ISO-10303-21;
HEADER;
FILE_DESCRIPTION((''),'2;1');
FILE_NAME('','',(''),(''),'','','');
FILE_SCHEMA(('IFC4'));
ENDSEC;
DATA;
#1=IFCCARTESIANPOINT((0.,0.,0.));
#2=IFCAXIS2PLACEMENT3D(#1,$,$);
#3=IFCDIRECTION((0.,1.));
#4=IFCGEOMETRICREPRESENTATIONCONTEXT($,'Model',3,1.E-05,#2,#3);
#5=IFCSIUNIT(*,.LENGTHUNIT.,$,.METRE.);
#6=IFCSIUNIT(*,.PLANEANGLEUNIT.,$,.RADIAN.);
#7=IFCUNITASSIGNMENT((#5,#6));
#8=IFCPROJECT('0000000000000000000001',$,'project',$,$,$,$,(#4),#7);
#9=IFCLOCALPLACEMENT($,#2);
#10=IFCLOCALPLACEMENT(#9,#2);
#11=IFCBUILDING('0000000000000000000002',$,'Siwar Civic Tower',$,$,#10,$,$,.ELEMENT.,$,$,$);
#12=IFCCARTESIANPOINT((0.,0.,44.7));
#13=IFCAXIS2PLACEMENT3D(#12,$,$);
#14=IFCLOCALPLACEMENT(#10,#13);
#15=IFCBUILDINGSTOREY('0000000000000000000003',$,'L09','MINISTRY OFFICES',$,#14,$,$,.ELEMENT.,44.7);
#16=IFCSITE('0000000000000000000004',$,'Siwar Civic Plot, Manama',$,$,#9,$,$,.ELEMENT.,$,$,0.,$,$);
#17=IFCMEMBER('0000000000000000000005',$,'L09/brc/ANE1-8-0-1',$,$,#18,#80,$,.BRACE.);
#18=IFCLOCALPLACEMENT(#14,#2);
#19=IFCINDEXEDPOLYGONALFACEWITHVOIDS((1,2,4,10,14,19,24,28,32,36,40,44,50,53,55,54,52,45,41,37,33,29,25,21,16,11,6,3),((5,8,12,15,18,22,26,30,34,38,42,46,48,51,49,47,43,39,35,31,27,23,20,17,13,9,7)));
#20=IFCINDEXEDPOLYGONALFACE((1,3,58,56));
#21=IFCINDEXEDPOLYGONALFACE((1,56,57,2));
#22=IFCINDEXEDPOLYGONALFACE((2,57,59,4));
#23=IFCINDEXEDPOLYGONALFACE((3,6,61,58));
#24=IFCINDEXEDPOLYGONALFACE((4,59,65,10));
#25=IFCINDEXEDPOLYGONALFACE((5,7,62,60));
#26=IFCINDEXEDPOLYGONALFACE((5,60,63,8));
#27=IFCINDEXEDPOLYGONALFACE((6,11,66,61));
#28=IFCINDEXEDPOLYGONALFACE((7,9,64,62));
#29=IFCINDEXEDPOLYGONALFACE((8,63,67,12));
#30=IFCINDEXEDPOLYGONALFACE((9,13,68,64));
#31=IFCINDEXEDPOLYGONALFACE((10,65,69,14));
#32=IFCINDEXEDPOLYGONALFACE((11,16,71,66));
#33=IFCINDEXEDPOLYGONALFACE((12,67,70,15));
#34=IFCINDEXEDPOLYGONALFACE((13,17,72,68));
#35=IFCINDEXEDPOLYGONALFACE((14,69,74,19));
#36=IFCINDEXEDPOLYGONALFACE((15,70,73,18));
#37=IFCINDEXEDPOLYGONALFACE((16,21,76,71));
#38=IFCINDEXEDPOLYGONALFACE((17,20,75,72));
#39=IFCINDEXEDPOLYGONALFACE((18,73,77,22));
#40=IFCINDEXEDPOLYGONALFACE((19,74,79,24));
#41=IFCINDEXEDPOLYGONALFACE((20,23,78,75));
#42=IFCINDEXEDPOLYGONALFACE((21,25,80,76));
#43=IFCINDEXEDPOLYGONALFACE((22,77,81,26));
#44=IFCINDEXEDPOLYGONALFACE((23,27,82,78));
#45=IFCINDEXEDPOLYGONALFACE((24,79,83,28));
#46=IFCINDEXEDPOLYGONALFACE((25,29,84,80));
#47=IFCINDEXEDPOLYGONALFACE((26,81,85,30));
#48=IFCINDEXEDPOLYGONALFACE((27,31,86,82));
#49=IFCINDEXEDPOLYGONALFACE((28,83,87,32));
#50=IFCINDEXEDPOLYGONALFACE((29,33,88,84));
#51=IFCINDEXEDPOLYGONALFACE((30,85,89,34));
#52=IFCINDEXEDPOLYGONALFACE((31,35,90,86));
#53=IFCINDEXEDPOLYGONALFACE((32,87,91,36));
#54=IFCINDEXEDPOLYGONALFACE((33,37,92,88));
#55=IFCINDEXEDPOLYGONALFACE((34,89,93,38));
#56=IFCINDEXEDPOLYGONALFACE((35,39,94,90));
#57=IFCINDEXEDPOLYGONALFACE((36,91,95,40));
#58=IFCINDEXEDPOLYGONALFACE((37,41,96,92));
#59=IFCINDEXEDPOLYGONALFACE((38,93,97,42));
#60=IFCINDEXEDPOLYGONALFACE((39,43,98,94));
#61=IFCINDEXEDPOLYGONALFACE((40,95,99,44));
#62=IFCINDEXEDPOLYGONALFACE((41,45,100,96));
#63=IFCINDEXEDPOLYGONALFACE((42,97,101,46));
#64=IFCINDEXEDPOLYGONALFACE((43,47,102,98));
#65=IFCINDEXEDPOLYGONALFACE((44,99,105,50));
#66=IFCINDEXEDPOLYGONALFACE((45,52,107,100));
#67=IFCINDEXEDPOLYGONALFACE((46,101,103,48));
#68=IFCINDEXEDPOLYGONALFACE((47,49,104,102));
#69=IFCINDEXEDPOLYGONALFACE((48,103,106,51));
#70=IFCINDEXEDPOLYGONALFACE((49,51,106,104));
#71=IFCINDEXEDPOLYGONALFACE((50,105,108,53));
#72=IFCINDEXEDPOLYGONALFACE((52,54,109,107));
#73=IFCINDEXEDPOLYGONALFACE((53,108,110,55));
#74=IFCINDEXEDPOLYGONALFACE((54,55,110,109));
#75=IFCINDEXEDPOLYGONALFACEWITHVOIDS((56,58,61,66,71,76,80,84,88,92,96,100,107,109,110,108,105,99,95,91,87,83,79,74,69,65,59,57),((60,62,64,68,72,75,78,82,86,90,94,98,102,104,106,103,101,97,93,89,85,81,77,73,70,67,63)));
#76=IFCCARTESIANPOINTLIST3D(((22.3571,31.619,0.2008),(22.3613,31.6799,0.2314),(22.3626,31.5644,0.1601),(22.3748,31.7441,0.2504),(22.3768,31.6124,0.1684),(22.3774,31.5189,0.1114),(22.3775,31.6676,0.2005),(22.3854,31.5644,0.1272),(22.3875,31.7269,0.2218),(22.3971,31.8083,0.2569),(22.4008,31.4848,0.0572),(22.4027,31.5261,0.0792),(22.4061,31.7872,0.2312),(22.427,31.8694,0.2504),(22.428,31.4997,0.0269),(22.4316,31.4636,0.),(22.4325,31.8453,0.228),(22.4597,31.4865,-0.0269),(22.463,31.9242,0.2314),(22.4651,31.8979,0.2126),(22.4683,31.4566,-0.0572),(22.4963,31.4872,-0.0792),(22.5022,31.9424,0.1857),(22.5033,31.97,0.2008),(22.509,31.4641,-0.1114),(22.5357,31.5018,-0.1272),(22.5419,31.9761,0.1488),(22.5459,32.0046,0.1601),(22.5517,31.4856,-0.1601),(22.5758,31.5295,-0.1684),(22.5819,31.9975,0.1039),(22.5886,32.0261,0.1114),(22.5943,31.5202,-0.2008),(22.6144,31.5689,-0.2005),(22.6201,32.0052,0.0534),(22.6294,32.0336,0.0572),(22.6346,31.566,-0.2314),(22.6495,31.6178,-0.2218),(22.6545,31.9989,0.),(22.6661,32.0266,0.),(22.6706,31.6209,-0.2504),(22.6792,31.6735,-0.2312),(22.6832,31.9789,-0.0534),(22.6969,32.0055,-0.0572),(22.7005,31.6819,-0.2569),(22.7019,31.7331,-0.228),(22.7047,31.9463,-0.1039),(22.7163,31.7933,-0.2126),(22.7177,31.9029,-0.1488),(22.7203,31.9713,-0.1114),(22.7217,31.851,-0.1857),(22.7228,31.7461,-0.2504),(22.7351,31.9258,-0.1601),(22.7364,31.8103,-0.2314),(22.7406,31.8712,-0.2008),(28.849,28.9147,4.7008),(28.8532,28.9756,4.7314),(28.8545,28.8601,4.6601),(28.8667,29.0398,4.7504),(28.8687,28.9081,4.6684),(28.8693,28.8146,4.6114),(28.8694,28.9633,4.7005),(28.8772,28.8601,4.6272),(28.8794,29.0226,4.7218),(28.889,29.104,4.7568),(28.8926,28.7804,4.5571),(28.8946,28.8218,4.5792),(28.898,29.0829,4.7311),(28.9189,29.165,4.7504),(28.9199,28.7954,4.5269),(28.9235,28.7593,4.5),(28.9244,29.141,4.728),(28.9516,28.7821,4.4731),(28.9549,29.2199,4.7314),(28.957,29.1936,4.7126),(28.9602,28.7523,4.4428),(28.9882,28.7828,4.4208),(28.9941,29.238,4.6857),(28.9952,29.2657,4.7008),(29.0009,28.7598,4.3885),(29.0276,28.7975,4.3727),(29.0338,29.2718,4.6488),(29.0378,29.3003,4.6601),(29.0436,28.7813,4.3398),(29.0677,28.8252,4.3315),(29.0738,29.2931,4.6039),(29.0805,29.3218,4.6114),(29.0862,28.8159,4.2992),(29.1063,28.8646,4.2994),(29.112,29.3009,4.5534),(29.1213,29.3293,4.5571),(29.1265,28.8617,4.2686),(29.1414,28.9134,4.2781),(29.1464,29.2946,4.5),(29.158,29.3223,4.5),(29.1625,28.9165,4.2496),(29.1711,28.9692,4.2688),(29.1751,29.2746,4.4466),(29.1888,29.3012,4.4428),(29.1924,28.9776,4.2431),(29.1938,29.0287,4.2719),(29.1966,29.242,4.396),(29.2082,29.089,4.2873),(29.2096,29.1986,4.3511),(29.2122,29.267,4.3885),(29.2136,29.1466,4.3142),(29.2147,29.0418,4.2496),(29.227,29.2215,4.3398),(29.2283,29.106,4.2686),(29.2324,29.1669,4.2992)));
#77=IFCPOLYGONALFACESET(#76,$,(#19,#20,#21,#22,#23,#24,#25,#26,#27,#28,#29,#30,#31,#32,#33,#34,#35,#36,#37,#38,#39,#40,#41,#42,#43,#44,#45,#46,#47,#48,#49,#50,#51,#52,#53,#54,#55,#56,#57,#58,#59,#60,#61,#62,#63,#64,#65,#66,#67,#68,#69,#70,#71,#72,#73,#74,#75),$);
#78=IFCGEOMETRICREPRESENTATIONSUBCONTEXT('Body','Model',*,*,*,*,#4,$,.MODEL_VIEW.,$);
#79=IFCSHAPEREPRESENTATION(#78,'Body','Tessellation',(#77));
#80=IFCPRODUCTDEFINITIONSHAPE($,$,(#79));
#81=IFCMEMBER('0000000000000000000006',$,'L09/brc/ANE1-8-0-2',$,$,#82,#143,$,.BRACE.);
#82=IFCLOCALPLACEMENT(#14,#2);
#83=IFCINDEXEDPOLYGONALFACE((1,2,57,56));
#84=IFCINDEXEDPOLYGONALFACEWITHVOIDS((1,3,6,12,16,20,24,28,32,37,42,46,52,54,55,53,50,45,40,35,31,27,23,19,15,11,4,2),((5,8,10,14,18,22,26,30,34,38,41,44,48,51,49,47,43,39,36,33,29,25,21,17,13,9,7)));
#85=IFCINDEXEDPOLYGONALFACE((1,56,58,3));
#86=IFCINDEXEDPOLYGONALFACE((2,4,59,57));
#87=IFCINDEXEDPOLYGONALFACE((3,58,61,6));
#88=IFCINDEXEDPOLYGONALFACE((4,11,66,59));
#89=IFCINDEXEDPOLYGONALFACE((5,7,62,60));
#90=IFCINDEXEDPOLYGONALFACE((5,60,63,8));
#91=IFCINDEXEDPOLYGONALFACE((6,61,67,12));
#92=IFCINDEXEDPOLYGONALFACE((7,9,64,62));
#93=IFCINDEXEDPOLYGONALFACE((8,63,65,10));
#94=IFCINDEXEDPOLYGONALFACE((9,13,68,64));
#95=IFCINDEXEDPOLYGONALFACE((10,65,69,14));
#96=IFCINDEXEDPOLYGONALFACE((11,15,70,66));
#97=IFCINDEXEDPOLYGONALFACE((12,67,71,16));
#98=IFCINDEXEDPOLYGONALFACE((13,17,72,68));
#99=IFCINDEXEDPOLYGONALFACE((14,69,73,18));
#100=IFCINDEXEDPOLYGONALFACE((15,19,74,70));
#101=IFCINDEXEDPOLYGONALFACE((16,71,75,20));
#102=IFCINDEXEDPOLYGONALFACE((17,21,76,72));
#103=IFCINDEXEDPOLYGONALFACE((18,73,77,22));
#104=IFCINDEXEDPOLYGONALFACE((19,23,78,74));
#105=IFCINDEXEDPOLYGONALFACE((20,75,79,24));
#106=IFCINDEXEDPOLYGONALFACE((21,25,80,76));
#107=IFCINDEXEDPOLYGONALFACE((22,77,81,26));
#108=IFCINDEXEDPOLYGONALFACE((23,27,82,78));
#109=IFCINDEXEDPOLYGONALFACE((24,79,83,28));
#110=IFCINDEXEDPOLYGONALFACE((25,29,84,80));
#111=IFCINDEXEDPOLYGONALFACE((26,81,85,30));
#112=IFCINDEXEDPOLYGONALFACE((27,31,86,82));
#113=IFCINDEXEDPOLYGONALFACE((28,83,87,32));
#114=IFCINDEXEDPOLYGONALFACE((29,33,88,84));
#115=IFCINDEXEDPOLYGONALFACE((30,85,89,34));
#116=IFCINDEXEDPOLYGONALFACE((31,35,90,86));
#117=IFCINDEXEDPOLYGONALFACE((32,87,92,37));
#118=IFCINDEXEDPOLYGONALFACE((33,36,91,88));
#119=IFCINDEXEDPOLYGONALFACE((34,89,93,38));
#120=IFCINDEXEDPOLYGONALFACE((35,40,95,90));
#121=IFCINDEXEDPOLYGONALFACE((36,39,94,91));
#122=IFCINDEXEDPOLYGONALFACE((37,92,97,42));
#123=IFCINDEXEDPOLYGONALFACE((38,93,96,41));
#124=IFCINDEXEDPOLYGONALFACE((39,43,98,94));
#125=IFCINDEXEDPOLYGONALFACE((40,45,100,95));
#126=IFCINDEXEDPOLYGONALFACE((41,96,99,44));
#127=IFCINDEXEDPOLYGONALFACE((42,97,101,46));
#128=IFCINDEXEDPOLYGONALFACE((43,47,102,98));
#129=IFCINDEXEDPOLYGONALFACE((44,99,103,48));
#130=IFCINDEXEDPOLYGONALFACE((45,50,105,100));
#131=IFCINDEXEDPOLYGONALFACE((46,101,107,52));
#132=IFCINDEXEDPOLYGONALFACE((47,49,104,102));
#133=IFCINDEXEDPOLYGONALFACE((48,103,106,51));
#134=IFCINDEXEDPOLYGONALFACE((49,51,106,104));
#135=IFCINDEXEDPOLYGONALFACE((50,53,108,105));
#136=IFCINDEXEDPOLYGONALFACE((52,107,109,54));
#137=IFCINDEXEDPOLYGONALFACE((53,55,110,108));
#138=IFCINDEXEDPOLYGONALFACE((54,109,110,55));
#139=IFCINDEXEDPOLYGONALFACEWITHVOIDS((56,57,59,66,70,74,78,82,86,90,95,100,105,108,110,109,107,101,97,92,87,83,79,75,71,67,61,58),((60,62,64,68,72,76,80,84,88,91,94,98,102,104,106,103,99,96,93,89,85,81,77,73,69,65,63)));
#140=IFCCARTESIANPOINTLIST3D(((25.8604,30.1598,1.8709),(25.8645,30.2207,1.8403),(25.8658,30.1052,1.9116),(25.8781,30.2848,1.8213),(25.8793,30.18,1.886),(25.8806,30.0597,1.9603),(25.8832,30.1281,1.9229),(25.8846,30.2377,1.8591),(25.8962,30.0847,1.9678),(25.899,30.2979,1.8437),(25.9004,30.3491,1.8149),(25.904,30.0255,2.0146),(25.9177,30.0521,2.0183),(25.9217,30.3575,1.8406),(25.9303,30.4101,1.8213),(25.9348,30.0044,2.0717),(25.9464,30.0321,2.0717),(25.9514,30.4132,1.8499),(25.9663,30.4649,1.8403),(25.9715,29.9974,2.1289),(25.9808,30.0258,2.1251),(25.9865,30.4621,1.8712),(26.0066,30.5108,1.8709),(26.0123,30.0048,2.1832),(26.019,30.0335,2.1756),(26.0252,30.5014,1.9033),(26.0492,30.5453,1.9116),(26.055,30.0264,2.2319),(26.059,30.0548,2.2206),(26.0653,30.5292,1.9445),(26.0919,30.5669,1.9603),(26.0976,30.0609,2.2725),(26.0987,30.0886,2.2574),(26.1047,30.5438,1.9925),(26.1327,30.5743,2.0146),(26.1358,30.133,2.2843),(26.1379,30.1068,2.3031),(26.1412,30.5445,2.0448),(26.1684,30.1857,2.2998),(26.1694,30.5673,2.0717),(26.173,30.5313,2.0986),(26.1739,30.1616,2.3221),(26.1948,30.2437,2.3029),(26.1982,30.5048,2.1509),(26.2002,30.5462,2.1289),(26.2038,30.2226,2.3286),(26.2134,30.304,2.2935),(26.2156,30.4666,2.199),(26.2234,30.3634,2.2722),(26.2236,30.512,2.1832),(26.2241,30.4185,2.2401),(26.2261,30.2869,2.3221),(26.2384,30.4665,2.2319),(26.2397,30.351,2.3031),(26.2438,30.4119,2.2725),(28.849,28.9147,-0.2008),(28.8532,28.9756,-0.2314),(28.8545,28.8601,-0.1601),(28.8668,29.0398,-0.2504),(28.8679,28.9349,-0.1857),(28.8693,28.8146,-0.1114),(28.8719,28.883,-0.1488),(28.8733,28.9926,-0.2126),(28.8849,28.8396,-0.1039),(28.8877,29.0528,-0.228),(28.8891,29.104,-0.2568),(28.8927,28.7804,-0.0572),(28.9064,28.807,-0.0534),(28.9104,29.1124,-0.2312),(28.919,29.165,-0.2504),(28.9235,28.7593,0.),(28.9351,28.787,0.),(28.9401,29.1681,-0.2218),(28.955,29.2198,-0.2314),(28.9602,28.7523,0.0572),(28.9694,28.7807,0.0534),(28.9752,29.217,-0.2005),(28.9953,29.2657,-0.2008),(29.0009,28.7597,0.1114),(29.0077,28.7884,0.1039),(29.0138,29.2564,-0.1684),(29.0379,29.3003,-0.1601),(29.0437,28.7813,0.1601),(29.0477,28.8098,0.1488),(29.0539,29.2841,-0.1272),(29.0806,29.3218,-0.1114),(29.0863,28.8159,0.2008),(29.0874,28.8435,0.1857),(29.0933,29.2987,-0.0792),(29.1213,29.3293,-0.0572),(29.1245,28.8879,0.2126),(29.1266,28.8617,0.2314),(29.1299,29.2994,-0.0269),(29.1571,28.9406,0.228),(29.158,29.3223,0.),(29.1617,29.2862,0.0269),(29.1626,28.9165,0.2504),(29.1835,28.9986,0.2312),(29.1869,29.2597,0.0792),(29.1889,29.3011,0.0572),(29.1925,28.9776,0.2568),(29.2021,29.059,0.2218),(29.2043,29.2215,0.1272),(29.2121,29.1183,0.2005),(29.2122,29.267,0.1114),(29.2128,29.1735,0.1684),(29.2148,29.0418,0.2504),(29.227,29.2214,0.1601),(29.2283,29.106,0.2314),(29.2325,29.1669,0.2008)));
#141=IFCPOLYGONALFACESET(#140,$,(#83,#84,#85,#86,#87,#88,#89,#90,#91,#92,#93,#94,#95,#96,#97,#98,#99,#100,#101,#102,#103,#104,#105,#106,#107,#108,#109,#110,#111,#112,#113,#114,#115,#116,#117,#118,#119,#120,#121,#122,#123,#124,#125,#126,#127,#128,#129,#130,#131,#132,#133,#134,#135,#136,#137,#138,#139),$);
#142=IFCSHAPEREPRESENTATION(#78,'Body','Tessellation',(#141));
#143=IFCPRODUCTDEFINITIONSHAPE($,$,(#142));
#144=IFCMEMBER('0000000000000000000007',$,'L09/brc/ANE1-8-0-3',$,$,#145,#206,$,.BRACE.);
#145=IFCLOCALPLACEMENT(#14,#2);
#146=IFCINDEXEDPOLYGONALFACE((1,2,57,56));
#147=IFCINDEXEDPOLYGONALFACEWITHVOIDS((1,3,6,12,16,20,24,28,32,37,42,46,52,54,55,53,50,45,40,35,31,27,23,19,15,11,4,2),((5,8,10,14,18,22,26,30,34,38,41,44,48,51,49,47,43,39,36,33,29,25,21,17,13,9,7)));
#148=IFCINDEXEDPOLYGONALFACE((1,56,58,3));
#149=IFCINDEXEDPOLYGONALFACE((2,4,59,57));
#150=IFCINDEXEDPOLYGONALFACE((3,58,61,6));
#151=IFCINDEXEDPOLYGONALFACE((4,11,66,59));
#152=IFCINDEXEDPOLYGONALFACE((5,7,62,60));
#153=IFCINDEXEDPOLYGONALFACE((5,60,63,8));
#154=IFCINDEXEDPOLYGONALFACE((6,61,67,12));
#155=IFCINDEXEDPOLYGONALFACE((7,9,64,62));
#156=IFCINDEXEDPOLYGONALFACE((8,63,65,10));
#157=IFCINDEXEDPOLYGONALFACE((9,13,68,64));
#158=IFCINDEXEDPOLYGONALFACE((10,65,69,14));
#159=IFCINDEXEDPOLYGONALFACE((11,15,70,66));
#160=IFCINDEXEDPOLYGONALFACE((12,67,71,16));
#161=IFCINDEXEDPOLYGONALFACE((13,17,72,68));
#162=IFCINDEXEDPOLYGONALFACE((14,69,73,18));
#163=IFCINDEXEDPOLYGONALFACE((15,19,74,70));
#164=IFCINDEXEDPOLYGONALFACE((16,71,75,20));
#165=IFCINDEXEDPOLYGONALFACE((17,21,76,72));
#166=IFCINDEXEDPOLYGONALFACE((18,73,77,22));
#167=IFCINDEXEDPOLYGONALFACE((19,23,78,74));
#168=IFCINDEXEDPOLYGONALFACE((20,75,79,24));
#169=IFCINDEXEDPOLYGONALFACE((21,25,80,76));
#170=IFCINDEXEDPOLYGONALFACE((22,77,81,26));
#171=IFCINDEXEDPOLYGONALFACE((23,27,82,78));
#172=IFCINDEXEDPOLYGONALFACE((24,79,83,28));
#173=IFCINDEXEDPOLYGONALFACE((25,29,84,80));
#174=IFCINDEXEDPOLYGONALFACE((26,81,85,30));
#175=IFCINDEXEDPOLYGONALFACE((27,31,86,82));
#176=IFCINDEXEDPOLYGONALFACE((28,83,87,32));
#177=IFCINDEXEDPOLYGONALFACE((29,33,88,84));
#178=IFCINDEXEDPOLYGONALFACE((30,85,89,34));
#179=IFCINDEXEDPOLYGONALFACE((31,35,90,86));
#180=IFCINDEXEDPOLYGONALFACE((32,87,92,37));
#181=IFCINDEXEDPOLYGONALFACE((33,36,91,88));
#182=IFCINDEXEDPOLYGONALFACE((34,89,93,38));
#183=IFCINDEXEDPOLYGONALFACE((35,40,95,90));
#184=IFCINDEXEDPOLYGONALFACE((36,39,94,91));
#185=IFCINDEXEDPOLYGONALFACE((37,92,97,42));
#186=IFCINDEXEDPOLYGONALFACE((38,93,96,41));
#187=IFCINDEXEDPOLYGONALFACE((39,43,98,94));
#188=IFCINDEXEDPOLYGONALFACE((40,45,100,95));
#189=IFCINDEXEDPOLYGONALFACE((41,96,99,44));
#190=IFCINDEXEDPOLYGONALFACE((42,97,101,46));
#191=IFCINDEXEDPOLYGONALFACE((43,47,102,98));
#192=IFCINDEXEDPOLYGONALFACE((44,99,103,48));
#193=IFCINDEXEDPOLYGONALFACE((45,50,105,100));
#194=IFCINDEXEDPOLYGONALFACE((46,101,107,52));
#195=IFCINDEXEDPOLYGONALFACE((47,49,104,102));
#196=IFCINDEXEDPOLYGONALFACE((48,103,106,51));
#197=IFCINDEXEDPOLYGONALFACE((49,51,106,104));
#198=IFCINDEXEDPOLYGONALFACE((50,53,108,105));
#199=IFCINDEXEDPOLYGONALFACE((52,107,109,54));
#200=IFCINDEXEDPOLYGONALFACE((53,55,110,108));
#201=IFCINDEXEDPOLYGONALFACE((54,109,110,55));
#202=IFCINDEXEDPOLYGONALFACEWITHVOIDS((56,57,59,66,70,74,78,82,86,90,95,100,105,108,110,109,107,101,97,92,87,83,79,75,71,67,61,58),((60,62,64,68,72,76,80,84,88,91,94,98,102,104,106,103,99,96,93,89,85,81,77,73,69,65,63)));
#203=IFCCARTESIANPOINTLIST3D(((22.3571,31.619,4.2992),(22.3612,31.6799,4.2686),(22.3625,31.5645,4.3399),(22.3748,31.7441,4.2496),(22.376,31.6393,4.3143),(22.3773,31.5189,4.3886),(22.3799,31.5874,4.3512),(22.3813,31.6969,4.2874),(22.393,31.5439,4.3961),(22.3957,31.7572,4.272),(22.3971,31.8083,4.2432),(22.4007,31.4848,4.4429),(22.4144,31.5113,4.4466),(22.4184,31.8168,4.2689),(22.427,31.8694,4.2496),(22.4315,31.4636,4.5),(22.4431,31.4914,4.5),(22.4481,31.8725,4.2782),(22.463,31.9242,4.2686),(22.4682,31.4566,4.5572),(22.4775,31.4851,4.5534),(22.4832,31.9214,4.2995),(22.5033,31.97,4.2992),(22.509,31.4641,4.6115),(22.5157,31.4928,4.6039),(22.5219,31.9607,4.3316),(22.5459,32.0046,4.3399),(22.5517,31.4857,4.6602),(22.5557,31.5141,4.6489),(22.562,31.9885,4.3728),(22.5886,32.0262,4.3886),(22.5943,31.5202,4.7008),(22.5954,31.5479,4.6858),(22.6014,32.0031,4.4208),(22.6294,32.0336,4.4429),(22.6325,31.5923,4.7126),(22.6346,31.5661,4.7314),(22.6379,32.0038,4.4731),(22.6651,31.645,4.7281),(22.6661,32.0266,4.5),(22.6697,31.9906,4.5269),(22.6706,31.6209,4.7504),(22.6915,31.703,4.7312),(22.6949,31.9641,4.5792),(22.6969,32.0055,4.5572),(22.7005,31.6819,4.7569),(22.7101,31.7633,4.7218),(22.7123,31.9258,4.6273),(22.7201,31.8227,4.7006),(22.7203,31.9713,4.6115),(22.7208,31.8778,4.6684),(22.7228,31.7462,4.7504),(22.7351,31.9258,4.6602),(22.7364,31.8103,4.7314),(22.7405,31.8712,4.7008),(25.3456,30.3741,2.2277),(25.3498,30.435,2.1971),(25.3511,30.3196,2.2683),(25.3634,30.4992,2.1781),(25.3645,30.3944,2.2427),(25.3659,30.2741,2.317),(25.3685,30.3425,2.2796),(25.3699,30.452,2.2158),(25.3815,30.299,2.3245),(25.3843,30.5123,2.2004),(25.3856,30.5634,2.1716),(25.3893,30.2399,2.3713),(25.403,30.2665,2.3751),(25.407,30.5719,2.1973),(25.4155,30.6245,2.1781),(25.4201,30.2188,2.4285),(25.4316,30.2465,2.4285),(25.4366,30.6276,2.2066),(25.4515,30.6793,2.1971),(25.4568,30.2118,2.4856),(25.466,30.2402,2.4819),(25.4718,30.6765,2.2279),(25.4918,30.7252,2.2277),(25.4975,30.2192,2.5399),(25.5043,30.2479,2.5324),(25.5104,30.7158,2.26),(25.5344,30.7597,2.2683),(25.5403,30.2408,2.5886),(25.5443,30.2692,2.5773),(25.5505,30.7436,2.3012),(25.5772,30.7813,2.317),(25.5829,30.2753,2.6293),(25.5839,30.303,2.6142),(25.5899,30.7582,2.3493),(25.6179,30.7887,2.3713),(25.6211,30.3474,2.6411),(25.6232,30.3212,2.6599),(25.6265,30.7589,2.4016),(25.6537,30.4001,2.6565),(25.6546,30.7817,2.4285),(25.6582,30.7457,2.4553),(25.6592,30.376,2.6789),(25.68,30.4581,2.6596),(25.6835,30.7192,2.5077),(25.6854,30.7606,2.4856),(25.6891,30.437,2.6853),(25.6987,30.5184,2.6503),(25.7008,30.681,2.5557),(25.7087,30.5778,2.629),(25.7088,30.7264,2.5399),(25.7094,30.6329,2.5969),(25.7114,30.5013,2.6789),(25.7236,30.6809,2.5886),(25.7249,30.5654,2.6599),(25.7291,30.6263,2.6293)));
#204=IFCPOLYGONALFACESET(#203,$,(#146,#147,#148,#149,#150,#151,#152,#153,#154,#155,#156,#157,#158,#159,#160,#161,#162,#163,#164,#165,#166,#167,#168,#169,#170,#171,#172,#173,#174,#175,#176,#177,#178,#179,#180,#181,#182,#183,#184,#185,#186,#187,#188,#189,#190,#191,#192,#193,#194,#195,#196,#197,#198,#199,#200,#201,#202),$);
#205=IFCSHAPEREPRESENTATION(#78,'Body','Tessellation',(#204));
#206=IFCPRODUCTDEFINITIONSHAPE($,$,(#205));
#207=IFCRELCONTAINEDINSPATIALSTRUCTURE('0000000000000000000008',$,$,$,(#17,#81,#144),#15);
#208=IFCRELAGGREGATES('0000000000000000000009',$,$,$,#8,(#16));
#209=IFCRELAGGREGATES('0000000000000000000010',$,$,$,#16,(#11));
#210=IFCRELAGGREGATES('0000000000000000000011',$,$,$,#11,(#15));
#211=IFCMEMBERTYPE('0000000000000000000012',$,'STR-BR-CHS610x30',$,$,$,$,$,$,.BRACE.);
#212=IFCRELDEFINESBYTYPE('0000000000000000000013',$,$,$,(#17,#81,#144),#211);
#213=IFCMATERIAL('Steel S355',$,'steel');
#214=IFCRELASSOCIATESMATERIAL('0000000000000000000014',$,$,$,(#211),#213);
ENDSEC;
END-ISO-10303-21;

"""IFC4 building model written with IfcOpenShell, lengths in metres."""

from ifc_helpers import new_model, si_unit, direction, frame, origin, origin_2d, place, context, subcontext, project, spatial, hollow_circle, extrude, material, material_profile, profile_set, type_object, element, save


model = new_model("IFC4")

# Units and contexts
model_context = context("Model", 3, precision=1e-05, world=origin(), true_north=direction((0.0, 1.0)))
body_context = subcontext(model_context, "Body", "Model", "MODEL_VIEW")
ifc_project = project(units=[si_unit("LENGTHUNIT", "METRE"), si_unit("PLANEANGLEUNIT", "RADIAN")], contexts=[model_context])

# Site, building, storey
site_placement = place(None, origin())
site = spatial("IfcSite", under=ifc_project, at=site_placement, Name="Siwar Civic Plot, Manama", CompositionType="ELEMENT", RefElevation=0.0)
building_placement = place(site_placement, origin())
building = spatial("IfcBuilding", under=site, at=building_placement, Name="Siwar Civic Tower", CompositionType="ELEMENT")
storey_placement = place(building_placement, frame((0.0, 0.0, 44.7)))
storey = spatial("IfcBuildingStorey", under=building, at=storey_placement, Name="L09", Description="MINISTRY OFFICES", CompositionType="ELEMENT", Elevation=44.7)

# Members
ifc_material_1 = material(Name="Steel S355", Category="steel")
ifc_material_profile_1 = material_profile(ifc_material_1, hollow_circle(Radius=0.3049, WallThickness=0.03, at=origin_2d()), Name="CHS610x30")
ifc_profile_set_1 = profile_set([ifc_material_profile_1], Name="Steel S355")
member_type_1 = type_object("IfcMemberType", Name="STR-BR-CHS610x30", PredefinedType="BRACE", material=ifc_profile_set_1)
member_1_placement = place(storey_placement, frame((22.5488, 31.7451, 0.0), z_axis=(0.777555, -0.323906, 0.538975), x_axis=(0.384539, 0.923109, 0.0)))
element("IfcMember", 1, at=member_1_placement, inside=storey, type_object=member_type_1, Name="L09/brc/ANE1-8-0-1", PredefinedType="BRACE", context=body_context, shape_type="SweptSolid", body=[
    extrude(hollow_circle(Radius=0.3049, WallThickness=0.03, at=origin_2d()), origin(), (0.0, 0.0, 1.0), 8.3491),
])
member_2_placement = place(storey_placement, frame((29.0408, 29.0408, 0.0), z_axis=(-0.777542, 0.323923, 0.538982), x_axis=(-0.384562, -0.923099, 0.0)))
element("IfcMember", 2, at=member_2_placement, inside=storey, type_object=member_type_1, Name="L09/brc/ANE1-8-0-2", PredefinedType="BRACE", context=body_context, shape_type="SweptSolid", body=[
    extrude(hollow_circle(Radius=0.3049, WallThickness=0.03, at=origin_2d()), origin(), (0.0, 0.0, 1.0), 3.8438),
])
member_3_placement = place(storey_placement, frame((25.5374, 30.5002, 2.4285), z_axis=(-0.77756, 0.323893, 0.538975), x_axis=(-0.384524, -0.923115, 0.0)))
element("IfcMember", 3, at=member_3_placement, inside=storey, type_object=member_type_1, Name="L09/brc/ANE1-8-0-3", PredefinedType="BRACE", context=body_context, shape_type="SweptSolid", body=[
    extrude(hollow_circle(Radius=0.3049, WallThickness=0.03, at=origin_2d()), origin(), (0.0, 0.0, 1.0), 3.8435),
])

save(model, "model.ifc")
